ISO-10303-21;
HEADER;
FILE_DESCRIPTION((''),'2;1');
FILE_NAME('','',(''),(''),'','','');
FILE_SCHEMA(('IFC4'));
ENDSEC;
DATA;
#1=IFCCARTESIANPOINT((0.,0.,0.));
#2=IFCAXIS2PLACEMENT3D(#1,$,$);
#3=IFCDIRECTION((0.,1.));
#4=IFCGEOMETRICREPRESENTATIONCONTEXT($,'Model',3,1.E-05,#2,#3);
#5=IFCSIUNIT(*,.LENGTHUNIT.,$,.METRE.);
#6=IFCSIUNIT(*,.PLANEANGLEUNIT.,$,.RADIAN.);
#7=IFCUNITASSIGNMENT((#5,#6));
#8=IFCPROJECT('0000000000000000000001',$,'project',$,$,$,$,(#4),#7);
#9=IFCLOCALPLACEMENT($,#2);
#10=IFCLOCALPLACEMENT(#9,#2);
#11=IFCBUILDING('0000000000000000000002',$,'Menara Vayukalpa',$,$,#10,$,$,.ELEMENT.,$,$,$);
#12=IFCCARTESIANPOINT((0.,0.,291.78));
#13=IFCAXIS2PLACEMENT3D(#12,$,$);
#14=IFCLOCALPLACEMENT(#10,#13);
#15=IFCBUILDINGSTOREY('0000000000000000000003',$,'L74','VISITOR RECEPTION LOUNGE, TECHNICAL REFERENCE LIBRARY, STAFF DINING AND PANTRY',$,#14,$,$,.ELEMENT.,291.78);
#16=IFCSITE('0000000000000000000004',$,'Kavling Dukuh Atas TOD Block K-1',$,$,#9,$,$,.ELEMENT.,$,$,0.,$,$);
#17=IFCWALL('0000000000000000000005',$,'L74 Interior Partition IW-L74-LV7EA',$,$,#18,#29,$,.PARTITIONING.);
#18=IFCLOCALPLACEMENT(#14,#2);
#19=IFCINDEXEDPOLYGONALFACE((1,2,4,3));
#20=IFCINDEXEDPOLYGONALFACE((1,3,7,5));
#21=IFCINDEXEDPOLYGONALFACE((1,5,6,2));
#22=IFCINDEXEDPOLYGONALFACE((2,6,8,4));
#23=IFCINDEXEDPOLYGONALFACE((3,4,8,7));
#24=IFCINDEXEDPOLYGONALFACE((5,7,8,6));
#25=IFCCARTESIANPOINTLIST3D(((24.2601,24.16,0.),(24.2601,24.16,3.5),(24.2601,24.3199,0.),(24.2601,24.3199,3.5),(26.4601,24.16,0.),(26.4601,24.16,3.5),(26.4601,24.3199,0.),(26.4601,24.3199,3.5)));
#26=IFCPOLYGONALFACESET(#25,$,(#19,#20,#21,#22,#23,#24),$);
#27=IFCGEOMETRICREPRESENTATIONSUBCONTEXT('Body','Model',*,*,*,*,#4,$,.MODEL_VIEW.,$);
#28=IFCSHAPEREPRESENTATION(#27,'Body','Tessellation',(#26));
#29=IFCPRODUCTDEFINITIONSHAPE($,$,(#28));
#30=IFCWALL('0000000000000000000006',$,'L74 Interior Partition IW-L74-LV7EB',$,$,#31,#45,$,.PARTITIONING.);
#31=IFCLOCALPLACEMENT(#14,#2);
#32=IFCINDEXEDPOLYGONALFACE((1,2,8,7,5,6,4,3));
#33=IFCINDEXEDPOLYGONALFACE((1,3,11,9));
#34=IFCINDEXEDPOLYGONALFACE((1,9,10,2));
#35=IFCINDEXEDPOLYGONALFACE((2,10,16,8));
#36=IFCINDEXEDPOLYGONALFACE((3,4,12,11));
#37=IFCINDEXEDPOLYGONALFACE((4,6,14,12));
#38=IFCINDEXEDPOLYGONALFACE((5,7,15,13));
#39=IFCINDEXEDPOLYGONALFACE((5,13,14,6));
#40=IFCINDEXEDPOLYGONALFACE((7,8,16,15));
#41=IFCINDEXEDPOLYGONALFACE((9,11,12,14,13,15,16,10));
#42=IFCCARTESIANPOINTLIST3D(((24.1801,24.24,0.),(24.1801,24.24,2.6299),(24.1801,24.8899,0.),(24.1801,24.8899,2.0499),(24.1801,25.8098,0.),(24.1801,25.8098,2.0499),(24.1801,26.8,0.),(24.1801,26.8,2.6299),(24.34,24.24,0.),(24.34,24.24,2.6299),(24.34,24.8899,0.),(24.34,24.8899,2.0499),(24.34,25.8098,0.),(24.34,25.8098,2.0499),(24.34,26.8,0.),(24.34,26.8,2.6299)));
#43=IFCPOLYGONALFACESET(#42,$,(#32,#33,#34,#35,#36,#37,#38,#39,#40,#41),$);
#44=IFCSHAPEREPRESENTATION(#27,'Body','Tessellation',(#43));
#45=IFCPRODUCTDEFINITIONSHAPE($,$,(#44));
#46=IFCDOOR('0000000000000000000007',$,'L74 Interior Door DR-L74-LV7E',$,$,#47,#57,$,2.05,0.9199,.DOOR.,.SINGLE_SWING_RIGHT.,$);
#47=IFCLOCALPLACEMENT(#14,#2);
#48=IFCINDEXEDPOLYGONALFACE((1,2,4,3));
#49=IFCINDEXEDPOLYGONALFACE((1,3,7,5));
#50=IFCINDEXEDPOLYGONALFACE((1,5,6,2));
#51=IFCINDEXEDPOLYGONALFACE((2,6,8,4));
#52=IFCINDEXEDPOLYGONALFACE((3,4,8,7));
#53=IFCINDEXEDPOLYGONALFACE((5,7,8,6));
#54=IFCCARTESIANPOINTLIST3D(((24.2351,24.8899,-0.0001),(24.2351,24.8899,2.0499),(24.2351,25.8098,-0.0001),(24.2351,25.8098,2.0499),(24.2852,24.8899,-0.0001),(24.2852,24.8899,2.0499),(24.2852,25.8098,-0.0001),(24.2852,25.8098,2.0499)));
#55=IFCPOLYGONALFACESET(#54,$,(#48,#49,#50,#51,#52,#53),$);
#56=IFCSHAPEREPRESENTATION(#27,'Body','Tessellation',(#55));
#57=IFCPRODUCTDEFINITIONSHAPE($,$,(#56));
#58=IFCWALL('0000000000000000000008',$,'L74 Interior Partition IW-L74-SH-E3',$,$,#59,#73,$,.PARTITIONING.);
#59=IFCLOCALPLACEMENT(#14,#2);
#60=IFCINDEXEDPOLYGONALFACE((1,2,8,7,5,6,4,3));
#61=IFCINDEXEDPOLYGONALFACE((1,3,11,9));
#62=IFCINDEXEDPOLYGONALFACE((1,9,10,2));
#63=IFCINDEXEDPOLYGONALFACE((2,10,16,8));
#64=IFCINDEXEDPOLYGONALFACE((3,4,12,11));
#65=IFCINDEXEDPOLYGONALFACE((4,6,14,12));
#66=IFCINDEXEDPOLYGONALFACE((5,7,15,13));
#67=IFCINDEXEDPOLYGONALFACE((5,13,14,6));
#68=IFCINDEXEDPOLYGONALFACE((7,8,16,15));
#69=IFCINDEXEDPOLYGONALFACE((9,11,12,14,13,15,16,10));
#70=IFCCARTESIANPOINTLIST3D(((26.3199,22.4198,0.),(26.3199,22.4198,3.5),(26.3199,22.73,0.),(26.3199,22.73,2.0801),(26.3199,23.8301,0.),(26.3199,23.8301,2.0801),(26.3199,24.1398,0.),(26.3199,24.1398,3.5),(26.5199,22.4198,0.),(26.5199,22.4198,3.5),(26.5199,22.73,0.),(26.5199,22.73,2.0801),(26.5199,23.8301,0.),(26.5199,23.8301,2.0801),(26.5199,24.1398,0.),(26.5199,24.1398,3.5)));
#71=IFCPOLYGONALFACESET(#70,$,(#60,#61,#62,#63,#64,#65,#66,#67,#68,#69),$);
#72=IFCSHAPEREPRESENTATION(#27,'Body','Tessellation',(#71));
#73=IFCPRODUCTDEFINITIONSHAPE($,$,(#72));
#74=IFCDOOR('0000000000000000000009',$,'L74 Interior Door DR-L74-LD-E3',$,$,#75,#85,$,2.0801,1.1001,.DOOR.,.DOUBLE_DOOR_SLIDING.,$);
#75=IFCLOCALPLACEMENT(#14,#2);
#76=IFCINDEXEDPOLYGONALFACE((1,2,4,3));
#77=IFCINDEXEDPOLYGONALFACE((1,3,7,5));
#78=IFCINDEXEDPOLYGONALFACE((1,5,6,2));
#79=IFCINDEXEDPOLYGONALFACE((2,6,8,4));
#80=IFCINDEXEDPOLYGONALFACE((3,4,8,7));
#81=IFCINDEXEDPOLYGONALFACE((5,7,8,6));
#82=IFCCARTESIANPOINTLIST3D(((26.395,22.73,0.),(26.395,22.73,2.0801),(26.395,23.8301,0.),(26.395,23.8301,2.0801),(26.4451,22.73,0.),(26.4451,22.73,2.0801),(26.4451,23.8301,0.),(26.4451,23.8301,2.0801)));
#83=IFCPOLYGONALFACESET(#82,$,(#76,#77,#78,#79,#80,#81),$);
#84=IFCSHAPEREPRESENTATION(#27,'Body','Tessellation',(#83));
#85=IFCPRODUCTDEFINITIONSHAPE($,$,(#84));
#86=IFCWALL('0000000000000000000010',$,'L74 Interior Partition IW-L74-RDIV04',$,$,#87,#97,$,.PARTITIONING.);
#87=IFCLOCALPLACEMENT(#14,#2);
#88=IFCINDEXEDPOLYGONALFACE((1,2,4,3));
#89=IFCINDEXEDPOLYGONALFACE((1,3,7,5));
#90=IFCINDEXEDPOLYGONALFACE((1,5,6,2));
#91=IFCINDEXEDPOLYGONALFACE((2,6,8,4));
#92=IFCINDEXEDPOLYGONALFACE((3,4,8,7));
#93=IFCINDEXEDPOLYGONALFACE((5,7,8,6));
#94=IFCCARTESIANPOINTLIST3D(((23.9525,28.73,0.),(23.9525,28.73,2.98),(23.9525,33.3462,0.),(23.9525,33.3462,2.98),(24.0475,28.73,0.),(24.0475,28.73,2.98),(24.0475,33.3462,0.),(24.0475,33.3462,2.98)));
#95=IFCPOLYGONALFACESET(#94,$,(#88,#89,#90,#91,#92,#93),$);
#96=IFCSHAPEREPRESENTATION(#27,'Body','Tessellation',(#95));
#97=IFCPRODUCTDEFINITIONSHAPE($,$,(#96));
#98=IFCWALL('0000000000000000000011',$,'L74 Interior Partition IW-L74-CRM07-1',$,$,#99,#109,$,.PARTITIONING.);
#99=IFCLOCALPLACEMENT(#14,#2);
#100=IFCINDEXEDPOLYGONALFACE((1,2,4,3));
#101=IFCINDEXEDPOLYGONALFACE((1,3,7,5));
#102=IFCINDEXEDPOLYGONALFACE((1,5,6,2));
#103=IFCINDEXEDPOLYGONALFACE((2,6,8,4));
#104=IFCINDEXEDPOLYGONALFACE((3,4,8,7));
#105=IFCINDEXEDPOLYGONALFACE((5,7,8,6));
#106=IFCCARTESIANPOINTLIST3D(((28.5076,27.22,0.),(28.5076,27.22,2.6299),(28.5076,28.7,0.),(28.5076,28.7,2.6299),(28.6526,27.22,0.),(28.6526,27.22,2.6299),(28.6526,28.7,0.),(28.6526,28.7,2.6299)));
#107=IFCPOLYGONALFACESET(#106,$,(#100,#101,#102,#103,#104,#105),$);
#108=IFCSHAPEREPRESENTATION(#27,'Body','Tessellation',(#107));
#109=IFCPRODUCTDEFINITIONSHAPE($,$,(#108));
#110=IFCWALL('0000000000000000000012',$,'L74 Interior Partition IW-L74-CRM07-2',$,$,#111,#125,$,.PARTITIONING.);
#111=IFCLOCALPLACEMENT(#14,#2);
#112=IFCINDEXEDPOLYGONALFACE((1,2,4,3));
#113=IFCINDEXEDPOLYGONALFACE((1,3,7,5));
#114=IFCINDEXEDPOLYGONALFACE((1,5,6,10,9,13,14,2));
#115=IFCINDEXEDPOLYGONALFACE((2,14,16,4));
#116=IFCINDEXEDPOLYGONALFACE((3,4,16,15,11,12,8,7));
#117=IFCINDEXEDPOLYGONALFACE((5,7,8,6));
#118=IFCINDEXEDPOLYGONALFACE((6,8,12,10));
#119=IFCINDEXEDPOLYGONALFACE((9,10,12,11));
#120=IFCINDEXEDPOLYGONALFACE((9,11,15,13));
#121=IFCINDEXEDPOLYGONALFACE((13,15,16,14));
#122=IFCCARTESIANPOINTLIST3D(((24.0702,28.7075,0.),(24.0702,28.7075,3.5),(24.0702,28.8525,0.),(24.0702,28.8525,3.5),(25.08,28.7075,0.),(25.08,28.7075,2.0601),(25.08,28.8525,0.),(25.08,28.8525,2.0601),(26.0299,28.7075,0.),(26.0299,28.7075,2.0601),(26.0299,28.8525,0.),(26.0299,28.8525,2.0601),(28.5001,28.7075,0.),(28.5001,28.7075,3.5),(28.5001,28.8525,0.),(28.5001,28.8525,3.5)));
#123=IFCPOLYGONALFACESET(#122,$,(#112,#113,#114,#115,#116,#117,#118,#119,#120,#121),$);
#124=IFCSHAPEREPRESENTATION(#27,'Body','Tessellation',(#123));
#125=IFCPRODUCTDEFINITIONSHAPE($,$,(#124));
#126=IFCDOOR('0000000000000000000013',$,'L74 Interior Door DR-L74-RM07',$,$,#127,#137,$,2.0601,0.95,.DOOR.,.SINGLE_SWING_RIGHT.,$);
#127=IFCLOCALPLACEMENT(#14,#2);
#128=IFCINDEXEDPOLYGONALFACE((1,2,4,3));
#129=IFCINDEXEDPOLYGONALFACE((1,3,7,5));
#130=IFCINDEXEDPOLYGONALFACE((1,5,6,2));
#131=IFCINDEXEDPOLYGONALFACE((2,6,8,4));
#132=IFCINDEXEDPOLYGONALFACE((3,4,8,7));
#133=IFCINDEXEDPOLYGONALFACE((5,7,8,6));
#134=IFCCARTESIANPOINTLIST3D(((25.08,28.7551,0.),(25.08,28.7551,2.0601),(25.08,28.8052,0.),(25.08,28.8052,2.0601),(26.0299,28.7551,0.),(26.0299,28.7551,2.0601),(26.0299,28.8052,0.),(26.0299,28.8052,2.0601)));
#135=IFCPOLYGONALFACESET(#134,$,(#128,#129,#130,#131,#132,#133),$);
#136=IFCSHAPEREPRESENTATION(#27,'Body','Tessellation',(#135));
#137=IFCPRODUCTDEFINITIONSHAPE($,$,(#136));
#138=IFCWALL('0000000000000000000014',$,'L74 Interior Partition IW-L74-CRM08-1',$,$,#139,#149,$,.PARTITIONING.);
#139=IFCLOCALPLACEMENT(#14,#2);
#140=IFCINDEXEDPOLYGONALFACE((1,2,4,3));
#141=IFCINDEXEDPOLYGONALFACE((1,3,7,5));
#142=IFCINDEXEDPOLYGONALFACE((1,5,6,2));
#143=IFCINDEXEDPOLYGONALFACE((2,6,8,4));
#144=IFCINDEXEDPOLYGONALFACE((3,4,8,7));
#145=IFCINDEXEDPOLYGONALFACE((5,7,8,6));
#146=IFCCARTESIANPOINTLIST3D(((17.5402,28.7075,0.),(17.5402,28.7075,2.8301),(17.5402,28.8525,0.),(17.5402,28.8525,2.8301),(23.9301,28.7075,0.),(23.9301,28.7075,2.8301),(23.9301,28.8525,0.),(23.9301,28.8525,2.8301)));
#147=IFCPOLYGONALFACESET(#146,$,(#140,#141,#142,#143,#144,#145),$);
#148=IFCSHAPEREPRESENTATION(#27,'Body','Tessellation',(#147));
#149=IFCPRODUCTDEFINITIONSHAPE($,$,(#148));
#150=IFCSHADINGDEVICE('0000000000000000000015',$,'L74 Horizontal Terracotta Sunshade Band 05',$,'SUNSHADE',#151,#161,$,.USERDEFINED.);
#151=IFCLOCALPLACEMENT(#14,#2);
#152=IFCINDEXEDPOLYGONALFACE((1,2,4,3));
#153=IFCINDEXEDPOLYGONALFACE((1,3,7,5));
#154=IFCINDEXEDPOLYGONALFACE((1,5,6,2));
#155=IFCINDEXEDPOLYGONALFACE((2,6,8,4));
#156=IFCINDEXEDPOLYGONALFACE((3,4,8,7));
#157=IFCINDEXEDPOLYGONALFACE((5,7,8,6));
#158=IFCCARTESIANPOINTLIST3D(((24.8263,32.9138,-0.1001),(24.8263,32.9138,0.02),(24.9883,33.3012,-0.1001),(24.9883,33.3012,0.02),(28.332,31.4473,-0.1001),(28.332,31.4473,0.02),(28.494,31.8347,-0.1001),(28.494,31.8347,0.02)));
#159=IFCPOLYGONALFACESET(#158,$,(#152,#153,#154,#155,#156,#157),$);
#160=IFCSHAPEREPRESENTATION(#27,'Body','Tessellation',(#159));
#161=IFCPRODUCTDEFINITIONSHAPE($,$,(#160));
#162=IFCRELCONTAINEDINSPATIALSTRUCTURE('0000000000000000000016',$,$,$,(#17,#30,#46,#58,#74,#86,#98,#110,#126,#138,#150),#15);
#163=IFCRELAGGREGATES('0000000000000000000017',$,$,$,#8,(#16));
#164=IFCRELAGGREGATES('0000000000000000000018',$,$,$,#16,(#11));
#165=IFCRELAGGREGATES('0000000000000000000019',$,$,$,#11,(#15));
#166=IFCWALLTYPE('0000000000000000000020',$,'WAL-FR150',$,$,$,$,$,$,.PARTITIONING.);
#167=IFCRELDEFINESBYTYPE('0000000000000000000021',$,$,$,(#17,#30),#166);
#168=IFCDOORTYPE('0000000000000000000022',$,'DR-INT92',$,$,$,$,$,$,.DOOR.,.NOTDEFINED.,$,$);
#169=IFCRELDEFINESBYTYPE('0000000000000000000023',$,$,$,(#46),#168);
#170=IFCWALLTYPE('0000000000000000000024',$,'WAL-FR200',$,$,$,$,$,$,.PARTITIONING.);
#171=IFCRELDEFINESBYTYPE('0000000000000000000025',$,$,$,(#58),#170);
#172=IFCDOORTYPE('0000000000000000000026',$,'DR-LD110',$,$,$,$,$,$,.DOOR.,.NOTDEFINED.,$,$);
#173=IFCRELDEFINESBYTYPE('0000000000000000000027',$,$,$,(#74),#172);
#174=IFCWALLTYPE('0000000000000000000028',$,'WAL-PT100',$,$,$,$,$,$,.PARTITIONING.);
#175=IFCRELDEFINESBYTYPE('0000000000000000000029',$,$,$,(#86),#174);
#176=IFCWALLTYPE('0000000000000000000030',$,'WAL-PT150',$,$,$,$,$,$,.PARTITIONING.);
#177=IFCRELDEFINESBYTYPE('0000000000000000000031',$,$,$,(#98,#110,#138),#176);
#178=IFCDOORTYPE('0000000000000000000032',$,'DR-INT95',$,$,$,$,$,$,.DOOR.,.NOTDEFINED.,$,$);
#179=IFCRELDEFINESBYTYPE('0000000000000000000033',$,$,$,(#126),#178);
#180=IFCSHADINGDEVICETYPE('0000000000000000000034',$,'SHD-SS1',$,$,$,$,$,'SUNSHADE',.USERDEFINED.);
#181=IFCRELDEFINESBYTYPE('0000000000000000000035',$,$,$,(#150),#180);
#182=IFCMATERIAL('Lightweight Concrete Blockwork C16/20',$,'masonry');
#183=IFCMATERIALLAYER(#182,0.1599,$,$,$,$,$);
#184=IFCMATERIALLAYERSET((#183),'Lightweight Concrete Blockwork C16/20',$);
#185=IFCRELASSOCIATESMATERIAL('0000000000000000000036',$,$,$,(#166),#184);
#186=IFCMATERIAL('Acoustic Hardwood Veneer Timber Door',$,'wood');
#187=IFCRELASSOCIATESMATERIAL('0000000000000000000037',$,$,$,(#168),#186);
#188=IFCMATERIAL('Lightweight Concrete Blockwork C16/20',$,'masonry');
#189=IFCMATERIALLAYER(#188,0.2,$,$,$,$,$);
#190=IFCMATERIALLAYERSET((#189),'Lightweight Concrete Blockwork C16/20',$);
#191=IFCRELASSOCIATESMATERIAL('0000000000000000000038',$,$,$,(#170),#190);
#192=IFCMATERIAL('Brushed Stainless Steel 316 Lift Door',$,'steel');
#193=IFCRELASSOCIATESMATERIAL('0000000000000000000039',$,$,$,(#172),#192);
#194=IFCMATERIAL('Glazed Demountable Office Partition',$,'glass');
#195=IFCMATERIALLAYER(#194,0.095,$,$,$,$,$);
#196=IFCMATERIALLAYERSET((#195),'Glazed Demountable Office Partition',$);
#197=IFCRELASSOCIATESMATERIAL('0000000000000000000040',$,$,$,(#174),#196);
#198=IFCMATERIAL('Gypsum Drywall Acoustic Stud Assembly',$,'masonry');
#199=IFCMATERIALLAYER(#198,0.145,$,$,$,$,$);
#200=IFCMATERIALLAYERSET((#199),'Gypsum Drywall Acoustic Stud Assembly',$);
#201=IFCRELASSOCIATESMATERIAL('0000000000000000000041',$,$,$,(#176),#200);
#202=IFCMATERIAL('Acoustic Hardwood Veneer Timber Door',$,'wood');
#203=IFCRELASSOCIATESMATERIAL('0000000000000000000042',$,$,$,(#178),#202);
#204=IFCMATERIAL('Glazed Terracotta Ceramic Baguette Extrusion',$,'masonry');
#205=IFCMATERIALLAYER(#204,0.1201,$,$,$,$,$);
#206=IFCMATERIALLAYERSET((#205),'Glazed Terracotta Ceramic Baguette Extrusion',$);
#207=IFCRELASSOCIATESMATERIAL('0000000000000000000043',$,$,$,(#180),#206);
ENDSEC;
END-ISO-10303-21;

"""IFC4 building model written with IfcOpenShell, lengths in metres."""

from ifc_helpers import new_model, si_unit, direction, frame, frame_2d, origin, origin_2d, place, context, subcontext, project, spatial, rectangle, extrude, material, layer, layer_set, type_object, element, fill, save


model = new_model("IFC4")

# Units and contexts
model_context = context("Model", 3, precision=1e-05, world=origin(), true_north=direction((0.0, 1.0)))
body_context = subcontext(model_context, "Body", "Model", "MODEL_VIEW")
ifc_project = project(units=[si_unit("LENGTHUNIT", "METRE"), si_unit("PLANEANGLEUNIT", "RADIAN")], contexts=[model_context])

# Site, building, storey
site_placement = place(None, origin())
site = spatial("IfcSite", under=ifc_project, at=site_placement, Name="Kavling Dukuh Atas TOD Block K-1", CompositionType="ELEMENT", RefElevation=0.0)
building_placement = place(site_placement, origin())
building = spatial("IfcBuilding", under=site, at=building_placement, Name="Menara Vayukalpa", CompositionType="ELEMENT")
storey_placement = place(building_placement, frame((0.0, 0.0, 291.78)))
storey = spatial("IfcBuildingStorey", under=building, at=storey_placement, Name="L74", Description="VISITOR RECEPTION LOUNGE, TECHNICAL REFERENCE LIBRARY, STAFF DINING AND PANTRY", CompositionType="ELEMENT", Elevation=291.78)

# Shared definitions
ifc_material_1 = material(Name="Lightweight Concrete Blockwork C16/20", Category="masonry")
ifc_layer_1 = layer(ifc_material_1, 0.1599)
ifc_layer_set_1 = layer_set([ifc_layer_1], Name="Lightweight Concrete Blockwork C16/20")
wall_type_1 = type_object("IfcWallType", Name="WAL-FR150", PredefinedType="PARTITIONING", material=ifc_layer_set_1)

# Shared definitions
ifc_material_2 = material(Name="Acoustic Hardwood Veneer Timber Door", Category="wood")
door_type_1 = type_object("IfcDoorType", Name="DR-INT92", OperationType="NOTDEFINED", PredefinedType="DOOR", material=ifc_material_2)

# Wall
wall_1_placement = place(storey_placement, frame((24.26, 24.24, 0.0), z_axis=(0.0, 0.0, 1.0), x_axis=(1.0, 0.0, 0.0)))
element("IfcWall", 1, at=wall_1_placement, inside=storey, type_object=wall_type_1, Name="L74 Interior Partition IW-L74-LV7EA", PredefinedType="PARTITIONING", context=body_context, shape_type="SweptSolid", body=[
    extrude(rectangle(XDim=2.2, YDim=0.1599, at=frame_2d((1.1001, 0.0))), origin(), (0.0, 0.0, 1.0), 3.5),
])

# Walls, openings, doors
wall_2_placement = place(storey_placement, frame((24.26, 24.24, 0.0), z_axis=(0.0, 0.0, 1.0), x_axis=(0.0, 1.0, 0.0)))
wall_2 = element("IfcWall", 2, at=wall_2_placement, inside=storey, type_object=wall_type_1, Name="L74 Interior Partition IW-L74-LV7EB", PredefinedType="PARTITIONING", context=body_context, shape_type="SweptSolid", body=[
    extrude(rectangle(XDim=2.5601, YDim=0.1599, at=frame_2d((1.28, 0.0))), origin(), (0.0, 0.0, 1.0), 2.6299),
])
opening_1_placement = place(wall_2_placement, frame((0.6499, 0.0, 0.0)))
opening_1 = element("IfcOpeningElement", 3, at=opening_1_placement, cuts=wall_2, PredefinedType="OPENING", context=body_context, shape_type="SweptSolid", body=[
    extrude(rectangle(XDim=0.9199, YDim=2.05, at=frame_2d((0.46, 1.0249))), frame((0.0, 0.0898, 0.0), z_axis=(0.0, -1.0, 0.0), x_axis=(1.0, 0.0, 0.0)), (0.0, 0.0, 1.0), 0.1799),
])
door_1_placement = place(opening_1_placement, origin())
door_1 = element("IfcDoor", 4, at=door_1_placement, inside=storey, type_object=door_type_1, Name="L74 Interior Door DR-L74-LV7E", OperationType="SINGLE_SWING_RIGHT", OverallHeight=2.05, OverallWidth=0.9199, PredefinedType="DOOR", context=body_context, shape_type="SweptSolid", body=[
    extrude(rectangle(XDim=0.9199, YDim=2.05, at=frame_2d((0.46, 1.0249))), frame((0.0, 0.0249, 0.0), z_axis=(0.0, -1.0, 0.0), x_axis=(1.0, 0.0, 0.0)), (0.0, 0.0, 1.0), 0.05),
])
fill(opening_1, door_1)
ifc_material_3 = material(Name="Lightweight Concrete Blockwork C16/20", Category="masonry")
ifc_layer_2 = layer(ifc_material_3, 0.2)
ifc_layer_set_2 = layer_set([ifc_layer_2], Name="Lightweight Concrete Blockwork C16/20")
wall_type_2 = type_object("IfcWallType", Name="WAL-FR200", PredefinedType="PARTITIONING", material=ifc_layer_set_2)
wall_3_placement = place(storey_placement, frame((26.4199, 22.4199, 0.0), z_axis=(0.0, 0.0, 1.0), x_axis=(0.0, 1.0, 0.0)))
wall_3 = element("IfcWall", 5, at=wall_3_placement, inside=storey, type_object=wall_type_2, Name="L74 Interior Partition IW-L74-SH-E3", PredefinedType="PARTITIONING", context=body_context, shape_type="SweptSolid", body=[
    extrude(rectangle(XDim=1.72, YDim=0.2, at=frame_2d((0.8599, 0.0))), origin(), (0.0, 0.0, 1.0), 3.5),
])
opening_2_placement = place(wall_3_placement, frame((0.3101, 0.0, 0.0)))
opening_2 = element("IfcOpeningElement", 6, at=opening_2_placement, cuts=wall_3, PredefinedType="OPENING", context=body_context, shape_type="SweptSolid", body=[
    extrude(rectangle(XDim=1.1001, YDim=2.0801, at=frame_2d((0.55, 1.04))), frame((0.0, 0.1099, 0.0), z_axis=(0.0, -1.0, 0.0), x_axis=(1.0, 0.0, 0.0)), (0.0, 0.0, 1.0), 0.22),
])
ifc_material_4 = material(Name="Brushed Stainless Steel 316 Lift Door", Category="steel")
door_type_2 = type_object("IfcDoorType", Name="DR-LD110", OperationType="NOTDEFINED", PredefinedType="DOOR", material=ifc_material_4)
door_2_placement = place(opening_2_placement, origin())
door_2 = element("IfcDoor", 7, at=door_2_placement, inside=storey, type_object=door_type_2, Name="L74 Interior Door DR-L74-LD-E3", OperationType="DOUBLE_DOOR_SLIDING", OverallHeight=2.0801, OverallWidth=1.1001, PredefinedType="DOOR", context=body_context, shape_type="SweptSolid", body=[
    extrude(rectangle(XDim=1.1001, YDim=2.0801, at=frame_2d((0.55, 1.04))), frame((0.0, 0.0249, 0.0), z_axis=(0.0, -1.0, 0.0), x_axis=(1.0, 0.0, 0.0)), (0.0, 0.0, 1.0), 0.05),
])
fill(opening_2, door_2)

# Walls
ifc_material_5 = material(Name="Glazed Demountable Office Partition", Category="glass")
ifc_layer_3 = layer(ifc_material_5, 0.095)
ifc_layer_set_3 = layer_set([ifc_layer_3], Name="Glazed Demountable Office Partition")
wall_type_3 = type_object("IfcWallType", Name="WAL-PT100", PredefinedType="PARTITIONING", material=ifc_layer_set_3)
wall_4_placement = place(storey_placement, frame((24.0, 28.73, 0.0), z_axis=(0.0, 0.0, 1.0), x_axis=(0.0, 1.0, 0.0)))
element("IfcWall", 8, at=wall_4_placement, inside=storey, type_object=wall_type_3, Name="L74 Interior Partition IW-L74-RDIV04", PredefinedType="PARTITIONING", context=body_context, shape_type="SweptSolid", body=[
    extrude(rectangle(XDim=4.6162, YDim=0.095, at=frame_2d((2.3081, 0.0))), origin(), (0.0, 0.0, 1.0), 2.98),
])
ifc_material_6 = material(Name="Gypsum Drywall Acoustic Stud Assembly", Category="masonry")
ifc_layer_4 = layer(ifc_material_6, 0.145)
ifc_layer_set_4 = layer_set([ifc_layer_4], Name="Gypsum Drywall Acoustic Stud Assembly")
wall_type_4 = type_object("IfcWallType", Name="WAL-PT150", PredefinedType="PARTITIONING", material=ifc_layer_set_4)
wall_5_placement = place(storey_placement, frame((28.5801, 27.22, 0.0), z_axis=(0.0, 0.0, 1.0), x_axis=(0.0, 1.0, 0.0)))
element("IfcWall", 9, at=wall_5_placement, inside=storey, type_object=wall_type_4, Name="L74 Interior Partition IW-L74-CRM07-1", PredefinedType="PARTITIONING", context=body_context, shape_type="SweptSolid", body=[
    extrude(rectangle(XDim=1.48, YDim=0.145, at=frame_2d((0.74, 0.0))), origin(), (0.0, 0.0, 1.0), 2.6299),
])

# Wall, opening, door
wall_6_placement = place(storey_placement, frame((28.5, 28.78, 0.0), z_axis=(0.0, 0.0, 1.0), x_axis=(-1.0, 0.0, 0.0)))
wall_6 = element("IfcWall", 10, at=wall_6_placement, inside=storey, type_object=wall_type_4, Name="L74 Interior Partition IW-L74-CRM07-2", PredefinedType="PARTITIONING", context=body_context, shape_type="SweptSolid", body=[
    extrude(rectangle(XDim=4.4299, YDim=0.145, at=frame_2d((2.2148, 0.0))), origin(), (0.0, 0.0, 1.0), 3.5),
])
opening_3_placement = place(wall_6_placement, frame((2.47, 0.0, 0.0)))
opening_3 = element("IfcOpeningElement", 11, at=opening_3_placement, cuts=wall_6, PredefinedType="OPENING", context=body_context, shape_type="SweptSolid", body=[
    extrude(rectangle(XDim=0.95, YDim=2.0601, at=frame_2d((0.4751, 1.03))), frame((0.0, 0.0825, 0.0), z_axis=(0.0, -1.0, 0.0), x_axis=(1.0, 0.0, 0.0)), (0.0, 0.0, 1.0), 0.165),
])
ifc_material_7 = material(Name="Acoustic Hardwood Veneer Timber Door", Category="wood")
door_type_3 = type_object("IfcDoorType", Name="DR-INT95", OperationType="NOTDEFINED", PredefinedType="DOOR", material=ifc_material_7)
door_3_placement = place(opening_3_placement, origin())
door_3 = element("IfcDoor", 12, at=door_3_placement, inside=storey, type_object=door_type_3, Name="L74 Interior Door DR-L74-RM07", OperationType="SINGLE_SWING_RIGHT", OverallHeight=2.0601, OverallWidth=0.95, PredefinedType="DOOR", context=body_context, shape_type="SweptSolid", body=[
    extrude(rectangle(XDim=0.95, YDim=2.0601, at=frame_2d((0.4751, 1.03))), frame((0.0, 0.0249, 0.0), z_axis=(0.0, -1.0, 0.0), x_axis=(1.0, 0.0, 0.0)), (0.0, 0.0, 1.0), 0.05),
])
fill(opening_3, door_3)

# Wall
wall_7_placement = place(storey_placement, frame((23.9299, 28.78, 0.0), z_axis=(0.0, 0.0, 1.0), x_axis=(-1.0, 0.0, 0.0)))
element("IfcWall", 13, at=wall_7_placement, inside=storey, type_object=wall_type_4, Name="L74 Interior Partition IW-L74-CRM08-1", PredefinedType="PARTITIONING", context=body_context, shape_type="SweptSolid", body=[
    extrude(rectangle(XDim=6.3899, YDim=0.145, at=frame_2d((3.1948, 0.0))), origin(), (0.0, 0.0, 1.0), 2.8301),
])

# Shading device
ifc_material_8 = material(Name="Glazed Terracotta Ceramic Baguette Extrusion", Category="masonry")
ifc_layer_5 = layer(ifc_material_8, 0.1201)
ifc_layer_set_5 = layer_set([ifc_layer_5], Name="Glazed Terracotta Ceramic Baguette Extrusion")
shading_device_type = type_object("IfcShadingDeviceType", Name="SHD-SS1", ElementType="SUNSHADE", PredefinedType="USERDEFINED", material=ifc_layer_set_5)
shading_device_placement = place(storey_placement, frame((26.6602, 32.3743, -0.1001), z_axis=(0.0, 0.0, 1.0), x_axis=(-0.922538, 0.385906, 0.0)))
element("IfcShadingDevice", 14, at=shading_device_placement, inside=storey, type_object=shading_device_type, Name="L74 Horizontal Terracotta Sunshade Band 05", ObjectType="SUNSHADE", PredefinedType="USERDEFINED", context=body_context, shape_type="SweptSolid", body=[
    extrude(rectangle(XDim=3.8, YDim=0.4199, at=origin_2d()), origin(), (0.0, 0.0, 1.0), 0.1201),
])

save(model, "model.ifc")
